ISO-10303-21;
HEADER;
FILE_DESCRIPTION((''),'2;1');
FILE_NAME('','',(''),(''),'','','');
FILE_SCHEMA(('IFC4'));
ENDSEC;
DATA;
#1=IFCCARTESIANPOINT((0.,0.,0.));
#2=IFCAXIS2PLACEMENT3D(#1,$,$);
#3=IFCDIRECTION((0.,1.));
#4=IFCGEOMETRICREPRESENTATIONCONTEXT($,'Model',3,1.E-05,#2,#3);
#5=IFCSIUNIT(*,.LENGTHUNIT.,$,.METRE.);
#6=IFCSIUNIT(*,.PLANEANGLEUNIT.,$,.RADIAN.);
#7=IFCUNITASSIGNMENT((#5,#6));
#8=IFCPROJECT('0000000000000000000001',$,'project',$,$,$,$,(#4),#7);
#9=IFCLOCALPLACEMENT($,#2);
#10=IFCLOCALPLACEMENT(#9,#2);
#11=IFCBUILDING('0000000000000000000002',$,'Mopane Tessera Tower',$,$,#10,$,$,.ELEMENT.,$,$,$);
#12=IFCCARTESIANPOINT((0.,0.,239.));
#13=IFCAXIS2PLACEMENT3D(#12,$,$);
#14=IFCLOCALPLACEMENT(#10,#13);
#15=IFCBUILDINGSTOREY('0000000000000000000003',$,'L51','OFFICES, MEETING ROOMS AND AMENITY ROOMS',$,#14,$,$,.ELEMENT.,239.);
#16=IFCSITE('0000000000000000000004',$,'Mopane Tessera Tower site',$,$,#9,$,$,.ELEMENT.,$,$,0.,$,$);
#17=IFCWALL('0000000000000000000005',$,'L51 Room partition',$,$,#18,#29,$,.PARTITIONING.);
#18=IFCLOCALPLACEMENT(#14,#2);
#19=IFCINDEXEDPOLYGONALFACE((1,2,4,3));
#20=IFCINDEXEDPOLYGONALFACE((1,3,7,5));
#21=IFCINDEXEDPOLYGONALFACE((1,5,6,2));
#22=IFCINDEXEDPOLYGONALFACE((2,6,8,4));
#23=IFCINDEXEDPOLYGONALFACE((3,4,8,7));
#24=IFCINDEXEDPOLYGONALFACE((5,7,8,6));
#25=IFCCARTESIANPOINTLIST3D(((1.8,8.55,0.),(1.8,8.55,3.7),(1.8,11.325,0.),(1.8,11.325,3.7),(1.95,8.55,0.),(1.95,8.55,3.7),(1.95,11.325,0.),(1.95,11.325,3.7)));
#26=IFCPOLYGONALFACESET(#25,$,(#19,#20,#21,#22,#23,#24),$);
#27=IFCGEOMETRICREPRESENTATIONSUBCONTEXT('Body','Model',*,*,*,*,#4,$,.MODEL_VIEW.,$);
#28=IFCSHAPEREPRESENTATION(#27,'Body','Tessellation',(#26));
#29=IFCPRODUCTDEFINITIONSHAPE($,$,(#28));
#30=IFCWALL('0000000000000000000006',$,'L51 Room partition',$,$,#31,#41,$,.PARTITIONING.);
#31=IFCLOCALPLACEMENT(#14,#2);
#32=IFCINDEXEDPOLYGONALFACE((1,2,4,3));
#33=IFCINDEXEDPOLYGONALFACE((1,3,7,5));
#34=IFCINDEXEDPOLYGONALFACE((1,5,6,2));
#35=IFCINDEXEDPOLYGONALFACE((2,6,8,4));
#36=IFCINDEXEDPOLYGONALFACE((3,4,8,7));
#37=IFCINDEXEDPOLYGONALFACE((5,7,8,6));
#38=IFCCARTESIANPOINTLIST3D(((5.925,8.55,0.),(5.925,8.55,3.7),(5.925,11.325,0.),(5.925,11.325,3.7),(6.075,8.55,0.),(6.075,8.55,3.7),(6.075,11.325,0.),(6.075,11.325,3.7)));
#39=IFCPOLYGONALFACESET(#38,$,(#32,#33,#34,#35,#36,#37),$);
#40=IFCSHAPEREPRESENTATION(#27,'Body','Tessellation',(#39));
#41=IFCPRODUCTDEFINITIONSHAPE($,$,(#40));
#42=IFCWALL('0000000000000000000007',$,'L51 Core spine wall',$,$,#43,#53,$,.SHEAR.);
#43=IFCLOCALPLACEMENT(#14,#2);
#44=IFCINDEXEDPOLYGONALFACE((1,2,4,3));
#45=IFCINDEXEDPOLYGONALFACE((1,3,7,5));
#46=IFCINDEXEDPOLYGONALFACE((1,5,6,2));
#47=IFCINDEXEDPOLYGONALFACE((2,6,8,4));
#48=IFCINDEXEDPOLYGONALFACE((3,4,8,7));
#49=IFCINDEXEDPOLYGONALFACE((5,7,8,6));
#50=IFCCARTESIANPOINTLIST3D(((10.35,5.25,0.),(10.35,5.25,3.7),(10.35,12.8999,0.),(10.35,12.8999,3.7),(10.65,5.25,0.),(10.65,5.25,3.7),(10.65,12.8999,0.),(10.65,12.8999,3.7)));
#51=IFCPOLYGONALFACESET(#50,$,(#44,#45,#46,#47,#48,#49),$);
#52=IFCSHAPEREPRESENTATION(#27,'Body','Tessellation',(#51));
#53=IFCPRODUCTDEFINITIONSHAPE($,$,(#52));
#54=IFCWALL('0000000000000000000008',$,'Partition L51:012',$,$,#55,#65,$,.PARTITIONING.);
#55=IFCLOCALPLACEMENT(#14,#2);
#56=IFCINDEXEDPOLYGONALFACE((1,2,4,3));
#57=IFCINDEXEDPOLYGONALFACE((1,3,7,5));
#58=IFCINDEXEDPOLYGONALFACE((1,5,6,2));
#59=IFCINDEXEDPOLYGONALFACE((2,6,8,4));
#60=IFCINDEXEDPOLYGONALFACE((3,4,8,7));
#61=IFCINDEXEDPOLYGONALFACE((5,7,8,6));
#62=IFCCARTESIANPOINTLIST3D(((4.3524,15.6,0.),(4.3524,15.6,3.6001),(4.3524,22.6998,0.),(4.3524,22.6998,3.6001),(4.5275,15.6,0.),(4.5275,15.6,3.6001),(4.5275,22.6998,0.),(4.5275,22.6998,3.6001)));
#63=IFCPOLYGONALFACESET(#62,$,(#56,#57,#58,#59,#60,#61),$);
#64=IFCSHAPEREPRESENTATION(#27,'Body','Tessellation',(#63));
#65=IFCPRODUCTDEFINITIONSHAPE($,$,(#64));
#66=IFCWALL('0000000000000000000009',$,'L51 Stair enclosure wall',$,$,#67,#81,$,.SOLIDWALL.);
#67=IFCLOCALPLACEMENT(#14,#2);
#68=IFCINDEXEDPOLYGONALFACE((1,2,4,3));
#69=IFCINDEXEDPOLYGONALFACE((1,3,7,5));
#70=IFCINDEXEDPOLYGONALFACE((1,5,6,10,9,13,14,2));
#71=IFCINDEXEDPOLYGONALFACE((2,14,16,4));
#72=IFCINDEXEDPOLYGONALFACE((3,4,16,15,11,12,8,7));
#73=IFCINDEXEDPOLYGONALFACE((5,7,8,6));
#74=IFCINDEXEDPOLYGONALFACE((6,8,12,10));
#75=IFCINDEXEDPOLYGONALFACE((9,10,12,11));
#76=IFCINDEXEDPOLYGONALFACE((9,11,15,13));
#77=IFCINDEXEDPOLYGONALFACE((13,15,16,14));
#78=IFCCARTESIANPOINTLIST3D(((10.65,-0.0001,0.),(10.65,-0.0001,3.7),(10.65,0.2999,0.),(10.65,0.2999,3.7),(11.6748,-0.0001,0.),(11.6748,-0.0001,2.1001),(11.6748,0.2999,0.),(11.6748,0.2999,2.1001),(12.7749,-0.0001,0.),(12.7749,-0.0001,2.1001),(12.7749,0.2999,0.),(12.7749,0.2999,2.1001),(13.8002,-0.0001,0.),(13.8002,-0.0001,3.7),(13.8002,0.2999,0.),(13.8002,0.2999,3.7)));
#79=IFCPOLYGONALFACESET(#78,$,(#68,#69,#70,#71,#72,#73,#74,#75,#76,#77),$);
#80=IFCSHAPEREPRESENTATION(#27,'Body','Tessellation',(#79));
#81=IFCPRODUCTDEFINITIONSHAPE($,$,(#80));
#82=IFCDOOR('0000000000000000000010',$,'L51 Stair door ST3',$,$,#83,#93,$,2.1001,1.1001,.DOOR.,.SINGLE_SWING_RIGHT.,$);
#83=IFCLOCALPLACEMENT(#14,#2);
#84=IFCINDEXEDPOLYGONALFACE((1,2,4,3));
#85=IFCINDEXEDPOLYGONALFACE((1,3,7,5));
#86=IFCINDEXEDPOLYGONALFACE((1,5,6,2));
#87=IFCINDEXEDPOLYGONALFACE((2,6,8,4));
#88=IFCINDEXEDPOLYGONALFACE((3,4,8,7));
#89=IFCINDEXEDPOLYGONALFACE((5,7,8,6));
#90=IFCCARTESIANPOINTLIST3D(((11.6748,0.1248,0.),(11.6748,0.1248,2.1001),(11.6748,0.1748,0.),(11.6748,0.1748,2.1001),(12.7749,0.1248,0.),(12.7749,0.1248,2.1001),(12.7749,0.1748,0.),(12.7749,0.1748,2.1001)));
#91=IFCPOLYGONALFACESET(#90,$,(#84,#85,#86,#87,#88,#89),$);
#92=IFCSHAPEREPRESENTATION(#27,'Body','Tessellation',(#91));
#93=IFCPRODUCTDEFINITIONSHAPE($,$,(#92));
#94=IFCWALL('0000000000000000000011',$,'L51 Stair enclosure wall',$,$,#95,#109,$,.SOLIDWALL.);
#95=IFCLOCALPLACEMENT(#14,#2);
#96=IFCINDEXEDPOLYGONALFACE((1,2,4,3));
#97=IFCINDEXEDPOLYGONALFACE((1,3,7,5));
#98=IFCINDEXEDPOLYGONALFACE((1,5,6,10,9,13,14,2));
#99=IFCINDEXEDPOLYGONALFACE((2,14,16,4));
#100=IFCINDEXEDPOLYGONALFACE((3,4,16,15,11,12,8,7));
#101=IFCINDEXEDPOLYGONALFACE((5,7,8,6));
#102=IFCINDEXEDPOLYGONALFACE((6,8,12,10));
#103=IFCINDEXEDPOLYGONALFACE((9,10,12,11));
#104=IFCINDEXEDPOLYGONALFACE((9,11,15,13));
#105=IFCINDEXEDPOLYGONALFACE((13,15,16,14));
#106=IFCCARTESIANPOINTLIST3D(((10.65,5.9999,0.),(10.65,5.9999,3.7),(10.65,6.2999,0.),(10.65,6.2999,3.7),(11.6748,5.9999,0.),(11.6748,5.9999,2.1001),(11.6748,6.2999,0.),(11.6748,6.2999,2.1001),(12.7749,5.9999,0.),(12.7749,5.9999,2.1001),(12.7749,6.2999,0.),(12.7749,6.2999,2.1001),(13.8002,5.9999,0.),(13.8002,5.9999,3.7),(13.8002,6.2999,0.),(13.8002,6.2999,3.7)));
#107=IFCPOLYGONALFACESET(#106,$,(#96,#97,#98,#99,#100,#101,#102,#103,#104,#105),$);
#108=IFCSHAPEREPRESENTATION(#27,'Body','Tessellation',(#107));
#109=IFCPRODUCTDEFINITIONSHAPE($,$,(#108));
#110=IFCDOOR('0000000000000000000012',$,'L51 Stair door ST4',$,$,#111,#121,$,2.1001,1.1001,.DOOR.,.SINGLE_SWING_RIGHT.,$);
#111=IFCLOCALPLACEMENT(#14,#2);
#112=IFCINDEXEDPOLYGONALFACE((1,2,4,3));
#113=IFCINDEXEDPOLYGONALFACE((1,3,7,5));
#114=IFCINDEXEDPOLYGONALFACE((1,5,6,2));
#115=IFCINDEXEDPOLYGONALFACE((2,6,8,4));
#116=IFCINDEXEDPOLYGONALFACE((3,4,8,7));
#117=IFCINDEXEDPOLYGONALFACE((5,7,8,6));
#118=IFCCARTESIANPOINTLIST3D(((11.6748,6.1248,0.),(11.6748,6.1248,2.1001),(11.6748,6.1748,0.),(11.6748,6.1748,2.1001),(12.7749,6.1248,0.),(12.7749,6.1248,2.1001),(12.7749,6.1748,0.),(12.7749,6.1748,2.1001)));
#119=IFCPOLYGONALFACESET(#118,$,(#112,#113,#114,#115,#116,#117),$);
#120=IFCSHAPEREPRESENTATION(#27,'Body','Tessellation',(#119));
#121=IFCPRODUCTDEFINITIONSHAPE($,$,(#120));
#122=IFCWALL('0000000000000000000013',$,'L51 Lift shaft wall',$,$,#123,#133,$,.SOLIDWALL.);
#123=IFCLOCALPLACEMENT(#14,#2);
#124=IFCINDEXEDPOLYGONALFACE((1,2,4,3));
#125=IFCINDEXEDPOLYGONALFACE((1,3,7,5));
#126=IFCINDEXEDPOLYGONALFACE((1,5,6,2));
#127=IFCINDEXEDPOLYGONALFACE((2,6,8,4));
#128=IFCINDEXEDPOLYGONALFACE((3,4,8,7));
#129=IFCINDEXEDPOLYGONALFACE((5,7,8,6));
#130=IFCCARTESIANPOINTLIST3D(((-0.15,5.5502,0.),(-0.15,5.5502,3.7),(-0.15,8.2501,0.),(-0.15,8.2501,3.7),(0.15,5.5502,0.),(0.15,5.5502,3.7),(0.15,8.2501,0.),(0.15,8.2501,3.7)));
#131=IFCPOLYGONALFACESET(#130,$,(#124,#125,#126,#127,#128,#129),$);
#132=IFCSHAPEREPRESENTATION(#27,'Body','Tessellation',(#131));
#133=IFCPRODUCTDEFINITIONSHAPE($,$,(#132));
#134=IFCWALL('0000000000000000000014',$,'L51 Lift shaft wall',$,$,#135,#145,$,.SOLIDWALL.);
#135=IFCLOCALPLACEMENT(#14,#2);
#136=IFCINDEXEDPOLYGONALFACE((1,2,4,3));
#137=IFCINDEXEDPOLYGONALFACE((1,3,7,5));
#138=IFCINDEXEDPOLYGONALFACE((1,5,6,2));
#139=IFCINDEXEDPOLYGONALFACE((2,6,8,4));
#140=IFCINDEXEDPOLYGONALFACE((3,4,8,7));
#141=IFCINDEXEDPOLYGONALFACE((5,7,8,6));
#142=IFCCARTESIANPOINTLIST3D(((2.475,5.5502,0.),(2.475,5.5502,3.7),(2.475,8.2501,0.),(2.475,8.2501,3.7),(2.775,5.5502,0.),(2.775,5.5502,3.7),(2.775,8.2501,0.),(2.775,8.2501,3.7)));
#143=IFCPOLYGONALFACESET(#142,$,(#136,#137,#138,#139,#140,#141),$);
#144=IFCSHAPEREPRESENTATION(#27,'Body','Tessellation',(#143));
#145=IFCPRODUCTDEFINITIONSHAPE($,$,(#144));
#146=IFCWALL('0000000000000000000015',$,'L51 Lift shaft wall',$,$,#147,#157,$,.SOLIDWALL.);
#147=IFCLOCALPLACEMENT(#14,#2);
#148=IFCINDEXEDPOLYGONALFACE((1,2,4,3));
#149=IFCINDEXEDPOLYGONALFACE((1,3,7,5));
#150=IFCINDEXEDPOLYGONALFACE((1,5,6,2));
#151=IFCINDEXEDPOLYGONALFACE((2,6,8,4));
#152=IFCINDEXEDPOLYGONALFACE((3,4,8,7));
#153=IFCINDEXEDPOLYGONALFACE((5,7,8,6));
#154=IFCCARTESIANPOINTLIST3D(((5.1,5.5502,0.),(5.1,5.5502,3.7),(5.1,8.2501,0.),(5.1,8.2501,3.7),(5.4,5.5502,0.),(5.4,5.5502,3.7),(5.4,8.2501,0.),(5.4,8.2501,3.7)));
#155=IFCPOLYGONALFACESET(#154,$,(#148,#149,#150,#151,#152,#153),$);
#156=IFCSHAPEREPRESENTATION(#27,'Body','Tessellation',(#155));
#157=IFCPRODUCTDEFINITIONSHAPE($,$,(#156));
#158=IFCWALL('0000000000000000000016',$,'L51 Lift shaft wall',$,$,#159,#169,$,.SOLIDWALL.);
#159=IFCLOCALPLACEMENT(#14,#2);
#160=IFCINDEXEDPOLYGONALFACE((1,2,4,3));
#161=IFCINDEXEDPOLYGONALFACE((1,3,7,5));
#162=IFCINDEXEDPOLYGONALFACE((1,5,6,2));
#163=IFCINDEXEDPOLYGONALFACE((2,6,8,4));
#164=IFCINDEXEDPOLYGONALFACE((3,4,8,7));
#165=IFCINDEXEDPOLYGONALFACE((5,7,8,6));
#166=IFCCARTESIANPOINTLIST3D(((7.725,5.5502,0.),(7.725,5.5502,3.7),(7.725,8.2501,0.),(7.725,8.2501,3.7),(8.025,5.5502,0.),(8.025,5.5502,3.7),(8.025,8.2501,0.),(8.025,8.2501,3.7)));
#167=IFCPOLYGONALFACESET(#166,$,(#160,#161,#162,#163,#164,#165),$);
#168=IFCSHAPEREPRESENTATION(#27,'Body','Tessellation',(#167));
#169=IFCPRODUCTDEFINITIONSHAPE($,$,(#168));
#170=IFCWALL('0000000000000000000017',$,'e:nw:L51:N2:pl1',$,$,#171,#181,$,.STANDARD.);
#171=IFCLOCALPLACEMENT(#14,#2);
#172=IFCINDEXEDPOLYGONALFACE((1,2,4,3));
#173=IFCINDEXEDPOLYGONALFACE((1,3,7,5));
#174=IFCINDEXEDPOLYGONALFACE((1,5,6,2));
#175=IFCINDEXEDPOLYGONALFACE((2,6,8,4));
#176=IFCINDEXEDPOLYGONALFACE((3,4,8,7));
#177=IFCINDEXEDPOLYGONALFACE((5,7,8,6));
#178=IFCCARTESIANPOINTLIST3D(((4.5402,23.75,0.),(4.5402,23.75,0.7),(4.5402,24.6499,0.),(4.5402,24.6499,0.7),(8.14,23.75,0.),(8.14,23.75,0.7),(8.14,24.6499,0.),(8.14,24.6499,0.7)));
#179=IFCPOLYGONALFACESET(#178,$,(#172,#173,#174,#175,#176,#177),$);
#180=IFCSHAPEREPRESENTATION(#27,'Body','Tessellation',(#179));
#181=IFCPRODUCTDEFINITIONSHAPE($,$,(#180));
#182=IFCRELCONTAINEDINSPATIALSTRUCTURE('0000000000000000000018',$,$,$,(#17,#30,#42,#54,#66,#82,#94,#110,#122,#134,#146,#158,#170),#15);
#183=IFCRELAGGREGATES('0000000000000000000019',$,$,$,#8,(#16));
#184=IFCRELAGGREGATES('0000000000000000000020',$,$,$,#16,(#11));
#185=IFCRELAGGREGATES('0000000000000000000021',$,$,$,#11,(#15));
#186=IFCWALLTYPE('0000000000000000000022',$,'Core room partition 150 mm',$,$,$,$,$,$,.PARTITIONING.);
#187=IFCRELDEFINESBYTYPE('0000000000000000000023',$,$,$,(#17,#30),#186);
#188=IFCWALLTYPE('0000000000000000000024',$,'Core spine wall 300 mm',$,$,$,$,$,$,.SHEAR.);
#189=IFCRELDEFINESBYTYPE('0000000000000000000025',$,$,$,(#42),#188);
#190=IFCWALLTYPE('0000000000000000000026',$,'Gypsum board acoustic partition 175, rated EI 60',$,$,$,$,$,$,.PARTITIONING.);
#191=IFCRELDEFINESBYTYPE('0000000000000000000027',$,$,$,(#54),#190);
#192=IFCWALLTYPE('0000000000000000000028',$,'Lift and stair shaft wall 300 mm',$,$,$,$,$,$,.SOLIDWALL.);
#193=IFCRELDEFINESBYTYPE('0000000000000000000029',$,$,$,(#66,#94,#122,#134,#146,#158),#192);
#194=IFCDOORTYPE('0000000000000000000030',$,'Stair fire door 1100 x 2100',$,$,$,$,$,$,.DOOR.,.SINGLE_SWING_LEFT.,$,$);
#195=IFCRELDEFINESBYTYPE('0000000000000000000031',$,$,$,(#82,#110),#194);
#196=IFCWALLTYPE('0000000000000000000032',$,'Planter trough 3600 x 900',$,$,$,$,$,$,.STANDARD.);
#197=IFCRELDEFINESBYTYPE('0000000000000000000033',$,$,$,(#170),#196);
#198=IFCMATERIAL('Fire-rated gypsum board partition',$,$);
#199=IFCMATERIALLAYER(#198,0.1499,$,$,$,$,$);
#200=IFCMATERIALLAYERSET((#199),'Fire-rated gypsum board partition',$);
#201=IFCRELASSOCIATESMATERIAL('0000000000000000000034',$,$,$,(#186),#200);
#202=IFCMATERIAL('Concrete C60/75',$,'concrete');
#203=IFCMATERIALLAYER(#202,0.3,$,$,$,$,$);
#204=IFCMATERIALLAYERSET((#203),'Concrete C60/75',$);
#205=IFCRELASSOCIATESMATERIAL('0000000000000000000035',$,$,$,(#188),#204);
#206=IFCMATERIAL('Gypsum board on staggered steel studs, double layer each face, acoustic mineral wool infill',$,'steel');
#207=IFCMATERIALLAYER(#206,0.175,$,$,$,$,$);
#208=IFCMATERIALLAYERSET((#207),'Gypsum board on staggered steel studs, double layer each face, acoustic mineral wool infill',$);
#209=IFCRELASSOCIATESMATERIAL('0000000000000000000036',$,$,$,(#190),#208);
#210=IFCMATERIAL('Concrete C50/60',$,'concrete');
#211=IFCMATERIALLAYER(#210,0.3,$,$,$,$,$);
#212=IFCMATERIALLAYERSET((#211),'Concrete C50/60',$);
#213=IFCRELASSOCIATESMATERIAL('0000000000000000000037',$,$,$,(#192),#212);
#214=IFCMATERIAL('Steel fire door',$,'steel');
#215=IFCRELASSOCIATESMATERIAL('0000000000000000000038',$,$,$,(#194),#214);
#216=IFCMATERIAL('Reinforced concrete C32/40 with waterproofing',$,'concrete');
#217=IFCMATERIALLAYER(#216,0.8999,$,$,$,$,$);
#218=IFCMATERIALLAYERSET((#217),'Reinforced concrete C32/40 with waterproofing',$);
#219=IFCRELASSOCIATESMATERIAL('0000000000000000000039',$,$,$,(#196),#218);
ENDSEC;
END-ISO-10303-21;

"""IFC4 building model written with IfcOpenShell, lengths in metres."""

from ifc_helpers import new_model, si_unit, direction, frame, frame_2d, origin, place, context, subcontext, project, spatial, rectangle, extrude, material, layer, layer_set, type_object, element, fill, save


model = new_model("IFC4")

# Units and contexts
model_context = context("Model", 3, precision=1e-05, world=origin(), true_north=direction((0.0, 1.0)))
body_context = subcontext(model_context, "Body", "Model", "MODEL_VIEW")
ifc_project = project(units=[si_unit("LENGTHUNIT", "METRE"), si_unit("PLANEANGLEUNIT", "RADIAN")], contexts=[model_context])

# Site, building, storey
site_placement = place(None, origin())
site = spatial("IfcSite", under=ifc_project, at=site_placement, Name="Mopane Tessera Tower site", CompositionType="ELEMENT", RefElevation=0.0)
building_placement = place(site_placement, origin())
building = spatial("IfcBuilding", under=site, at=building_placement, Name="Mopane Tessera Tower", CompositionType="ELEMENT")
storey_placement = place(building_placement, frame((0.0, 0.0, 239.0)))
storey = spatial("IfcBuildingStorey", under=building, at=storey_placement, Name="L51", Description="OFFICES, MEETING ROOMS AND AMENITY ROOMS", CompositionType="ELEMENT", Elevation=239.0)

# Walls
ifc_material_1 = material(Name="Fire-rated gypsum board partition")
ifc_layer_1 = layer(ifc_material_1, 0.1499)
ifc_layer_set_1 = layer_set([ifc_layer_1], Name="Fire-rated gypsum board partition")
wall_type_1 = type_object("IfcWallType", Name="Core room partition 150 mm", PredefinedType="PARTITIONING", material=ifc_layer_set_1)
for number, where, z_axis, x_axis, name in (
    (1, (1.875, 8.55, 0.0), (0.0, 0.0, 1.0), (0.0, 1.0, 0.0), "L51 Room partition"),
    (2, (6.0, 8.55, 0.0), (0.0, 0.0, 1.0), (0.0, 1.0, 0.0), "L51 Room partition"),
):
    element("IfcWall", number, at=place(storey_placement, frame(where, z_axis=z_axis, x_axis=x_axis)), inside=storey, type_object=wall_type_1, Name=name, PredefinedType="PARTITIONING", context=body_context, shape_type="SweptSolid", body=[
        extrude(rectangle(XDim=2.7749, YDim=0.1499, at=frame_2d((1.3875, 0.0))), origin(), (0.0, 0.0, 1.0), 3.7),
    ])
ifc_material_2 = material(Name="Concrete C60/75", Category="concrete")
ifc_layer_2 = layer(ifc_material_2, 0.3)
ifc_layer_set_2 = layer_set([ifc_layer_2], Name="Concrete C60/75")
wall_type_2 = type_object("IfcWallType", Name="Core spine wall 300 mm", PredefinedType="SHEAR", material=ifc_layer_set_2)
wall_1_placement = place(storey_placement, frame((10.5, 5.25, 0.0), z_axis=(0.0, 0.0, 1.0), x_axis=(0.0, 1.0, 0.0)))
element("IfcWall", 3, at=wall_1_placement, inside=storey, type_object=wall_type_2, Name="L51 Core spine wall", PredefinedType="SHEAR", context=body_context, shape_type="SweptSolid", body=[
    extrude(rectangle(XDim=7.6499, YDim=0.3, at=frame_2d((3.825, 0.0))), origin(), (0.0, 0.0, 1.0), 3.7),
])
ifc_material_3 = material(Name="Gypsum board on staggered steel studs, double layer each face, acoustic mineral wool infill", Category="steel")
ifc_layer_3 = layer(ifc_material_3, 0.175)
ifc_layer_set_3 = layer_set([ifc_layer_3], Name="Gypsum board on staggered steel studs, double layer each face, acoustic mineral wool infill")
wall_type_3 = type_object("IfcWallType", Name="Gypsum board acoustic partition 175, rated EI 60", PredefinedType="PARTITIONING", material=ifc_layer_set_3)
wall_2_placement = place(storey_placement, frame((4.4399, 15.6001, 0.0), z_axis=(0.0, 0.0, 1.0), x_axis=(0.0, 1.0, 0.0)))
element("IfcWall", 4, at=wall_2_placement, inside=storey, type_object=wall_type_3, Name="Partition L51:012", PredefinedType="PARTITIONING", context=body_context, shape_type="SweptSolid", body=[
    extrude(rectangle(XDim=7.0999, YDim=0.175, at=frame_2d((3.5498, 0.0))), origin(), (0.0, 0.0, 1.0), 3.6001),
])

# Walls, openings, doors
ifc_material_4 = material(Name="Concrete C50/60", Category="concrete")
ifc_layer_4 = layer(ifc_material_4, 0.3)
ifc_layer_set_4 = layer_set([ifc_layer_4], Name="Concrete C50/60")
wall_type_4 = type_object("IfcWallType", Name="Lift and stair shaft wall 300 mm", PredefinedType="SOLIDWALL", material=ifc_layer_set_4)
wall_3_placement = place(storey_placement, frame((10.6499, 0.1499, 0.0), z_axis=(0.0, 0.0, 1.0), x_axis=(1.0, 0.0, 0.0)))
wall_3 = element("IfcWall", 5, at=wall_3_placement, inside=storey, type_object=wall_type_4, Name="L51 Stair enclosure wall", PredefinedType="SOLIDWALL", context=body_context, shape_type="SweptSolid", body=[
    extrude(rectangle(XDim=3.1501, YDim=0.3, at=frame_2d((1.5752, 0.0))), origin(), (0.0, 0.0, 1.0), 3.7),
])
opening_1_placement = place(wall_3_placement, frame((1.0249, 0.0, 0.0)))
opening_1 = element("IfcOpeningElement", 6, at=opening_1_placement, cuts=wall_3, PredefinedType="OPENING", context=body_context, shape_type="SweptSolid", body=[
    extrude(rectangle(XDim=1.1001, YDim=2.1001, at=frame_2d((0.55, 1.05))), frame((0.0, 0.1621, 0.0), z_axis=(0.0, -1.0, 0.0), x_axis=(1.0, 0.0, 0.0)), (0.0, 0.0, 1.0), 0.324),
])
ifc_material_5 = material(Name="Steel fire door", Category="steel")
door_type = type_object("IfcDoorType", Name="Stair fire door 1100 x 2100", OperationType="SINGLE_SWING_LEFT", PredefinedType="DOOR", material=ifc_material_5)
door_1_placement = place(opening_1_placement, origin())
door_1 = element("IfcDoor", 7, at=door_1_placement, inside=storey, type_object=door_type, Name="L51 Stair door ST3", OperationType="SINGLE_SWING_RIGHT", OverallHeight=2.1001, OverallWidth=1.1001, PredefinedType="DOOR", context=body_context, shape_type="SweptSolid", body=[
    extrude(rectangle(XDim=1.1001, YDim=2.1001, at=frame_2d((0.55, 1.05))), frame((0.0, 0.0249, 0.0), z_axis=(0.0, -1.0, 0.0), x_axis=(1.0, 0.0, 0.0)), (0.0, 0.0, 1.0), 0.05),
])
fill(opening_1, door_1)
wall_4_placement = place(storey_placement, frame((10.6499, 6.1499, 0.0), z_axis=(0.0, 0.0, 1.0), x_axis=(1.0, 0.0, 0.0)))
wall_4 = element("IfcWall", 8, at=wall_4_placement, inside=storey, type_object=wall_type_4, Name="L51 Stair enclosure wall", PredefinedType="SOLIDWALL", context=body_context, shape_type="SweptSolid", body=[
    extrude(rectangle(XDim=3.1501, YDim=0.3, at=frame_2d((1.5752, 0.0))), origin(), (0.0, 0.0, 1.0), 3.7),
])
opening_2_placement = place(wall_4_placement, frame((1.0249, 0.0, 0.0)))
opening_2 = element("IfcOpeningElement", 9, at=opening_2_placement, cuts=wall_4, PredefinedType="OPENING", context=body_context, shape_type="SweptSolid", body=[
    extrude(rectangle(XDim=1.1001, YDim=2.1001, at=frame_2d((0.55, 1.05))), frame((0.0, 0.1621, 0.0), z_axis=(0.0, -1.0, 0.0), x_axis=(1.0, 0.0, 0.0)), (0.0, 0.0, 1.0), 0.324),
])
door_2_placement = place(opening_2_placement, origin())
door_2 = element("IfcDoor", 10, at=door_2_placement, inside=storey, type_object=door_type, Name="L51 Stair door ST4", OperationType="SINGLE_SWING_RIGHT", OverallHeight=2.1001, OverallWidth=1.1001, PredefinedType="DOOR", context=body_context, shape_type="SweptSolid", body=[
    extrude(rectangle(XDim=1.1001, YDim=2.1001, at=frame_2d((0.55, 1.05))), frame((0.0, 0.0249, 0.0), z_axis=(0.0, -1.0, 0.0), x_axis=(1.0, 0.0, 0.0)), (0.0, 0.0, 1.0), 0.05),
])
fill(opening_2, door_2)

# Walls
for number, where, z_axis, x_axis, name in (
    (11, (0.0, 5.55, 0.0), (0.0, 0.0, 1.0), (0.0, 1.0, 0.0), "L51 Lift shaft wall"),
    (12, (2.625, 5.55, 0.0), (0.0, 0.0, 1.0), (0.0, 1.0, 0.0), "L51 Lift shaft wall"),
    (13, (5.25, 5.55, 0.0), (0.0, 0.0, 1.0), (0.0, 1.0, 0.0), "L51 Lift shaft wall"),
    (14, (7.875, 5.55, 0.0), (0.0, 0.0, 1.0), (0.0, 1.0, 0.0), "L51 Lift shaft wall"),
):
    element("IfcWall", number, at=place(storey_placement, frame(where, z_axis=z_axis, x_axis=x_axis)), inside=storey, type_object=wall_type_4, Name=name, PredefinedType="SOLIDWALL", context=body_context, shape_type="SweptSolid", body=[
        extrude(rectangle(XDim=2.7, YDim=0.3, at=frame_2d((1.3501, 0.0))), origin(), (0.0, 0.0, 1.0), 3.7),
    ])
ifc_material_6 = material(Name="Reinforced concrete C32/40 with waterproofing", Category="concrete")
ifc_layer_5 = layer(ifc_material_6, 0.8999)
ifc_layer_set_5 = layer_set([ifc_layer_5], Name="Reinforced concrete C32/40 with waterproofing")
wall_type_5 = type_object("IfcWallType", Name="Planter trough 3600 x 900", PredefinedType="STANDARD", material=ifc_layer_set_5)
wall_5_placement = place(storey_placement, frame((8.1399, 24.2, 0.0), z_axis=(0.0, 0.0, 1.0), x_axis=(-1.0, 0.0, 0.0)))
element("IfcWall", 15, at=wall_5_placement, inside=storey, type_object=wall_type_5, Name="e:nw:L51:N2:pl1", PredefinedType="STANDARD", context=body_context, shape_type="SweptSolid", body=[
    extrude(rectangle(XDim=3.5999, YDim=0.8999, at=frame_2d((1.7998, 0.0))), origin(), (0.0, 0.0, 1.0), 0.7),
])

save(model, "model.ifc")
